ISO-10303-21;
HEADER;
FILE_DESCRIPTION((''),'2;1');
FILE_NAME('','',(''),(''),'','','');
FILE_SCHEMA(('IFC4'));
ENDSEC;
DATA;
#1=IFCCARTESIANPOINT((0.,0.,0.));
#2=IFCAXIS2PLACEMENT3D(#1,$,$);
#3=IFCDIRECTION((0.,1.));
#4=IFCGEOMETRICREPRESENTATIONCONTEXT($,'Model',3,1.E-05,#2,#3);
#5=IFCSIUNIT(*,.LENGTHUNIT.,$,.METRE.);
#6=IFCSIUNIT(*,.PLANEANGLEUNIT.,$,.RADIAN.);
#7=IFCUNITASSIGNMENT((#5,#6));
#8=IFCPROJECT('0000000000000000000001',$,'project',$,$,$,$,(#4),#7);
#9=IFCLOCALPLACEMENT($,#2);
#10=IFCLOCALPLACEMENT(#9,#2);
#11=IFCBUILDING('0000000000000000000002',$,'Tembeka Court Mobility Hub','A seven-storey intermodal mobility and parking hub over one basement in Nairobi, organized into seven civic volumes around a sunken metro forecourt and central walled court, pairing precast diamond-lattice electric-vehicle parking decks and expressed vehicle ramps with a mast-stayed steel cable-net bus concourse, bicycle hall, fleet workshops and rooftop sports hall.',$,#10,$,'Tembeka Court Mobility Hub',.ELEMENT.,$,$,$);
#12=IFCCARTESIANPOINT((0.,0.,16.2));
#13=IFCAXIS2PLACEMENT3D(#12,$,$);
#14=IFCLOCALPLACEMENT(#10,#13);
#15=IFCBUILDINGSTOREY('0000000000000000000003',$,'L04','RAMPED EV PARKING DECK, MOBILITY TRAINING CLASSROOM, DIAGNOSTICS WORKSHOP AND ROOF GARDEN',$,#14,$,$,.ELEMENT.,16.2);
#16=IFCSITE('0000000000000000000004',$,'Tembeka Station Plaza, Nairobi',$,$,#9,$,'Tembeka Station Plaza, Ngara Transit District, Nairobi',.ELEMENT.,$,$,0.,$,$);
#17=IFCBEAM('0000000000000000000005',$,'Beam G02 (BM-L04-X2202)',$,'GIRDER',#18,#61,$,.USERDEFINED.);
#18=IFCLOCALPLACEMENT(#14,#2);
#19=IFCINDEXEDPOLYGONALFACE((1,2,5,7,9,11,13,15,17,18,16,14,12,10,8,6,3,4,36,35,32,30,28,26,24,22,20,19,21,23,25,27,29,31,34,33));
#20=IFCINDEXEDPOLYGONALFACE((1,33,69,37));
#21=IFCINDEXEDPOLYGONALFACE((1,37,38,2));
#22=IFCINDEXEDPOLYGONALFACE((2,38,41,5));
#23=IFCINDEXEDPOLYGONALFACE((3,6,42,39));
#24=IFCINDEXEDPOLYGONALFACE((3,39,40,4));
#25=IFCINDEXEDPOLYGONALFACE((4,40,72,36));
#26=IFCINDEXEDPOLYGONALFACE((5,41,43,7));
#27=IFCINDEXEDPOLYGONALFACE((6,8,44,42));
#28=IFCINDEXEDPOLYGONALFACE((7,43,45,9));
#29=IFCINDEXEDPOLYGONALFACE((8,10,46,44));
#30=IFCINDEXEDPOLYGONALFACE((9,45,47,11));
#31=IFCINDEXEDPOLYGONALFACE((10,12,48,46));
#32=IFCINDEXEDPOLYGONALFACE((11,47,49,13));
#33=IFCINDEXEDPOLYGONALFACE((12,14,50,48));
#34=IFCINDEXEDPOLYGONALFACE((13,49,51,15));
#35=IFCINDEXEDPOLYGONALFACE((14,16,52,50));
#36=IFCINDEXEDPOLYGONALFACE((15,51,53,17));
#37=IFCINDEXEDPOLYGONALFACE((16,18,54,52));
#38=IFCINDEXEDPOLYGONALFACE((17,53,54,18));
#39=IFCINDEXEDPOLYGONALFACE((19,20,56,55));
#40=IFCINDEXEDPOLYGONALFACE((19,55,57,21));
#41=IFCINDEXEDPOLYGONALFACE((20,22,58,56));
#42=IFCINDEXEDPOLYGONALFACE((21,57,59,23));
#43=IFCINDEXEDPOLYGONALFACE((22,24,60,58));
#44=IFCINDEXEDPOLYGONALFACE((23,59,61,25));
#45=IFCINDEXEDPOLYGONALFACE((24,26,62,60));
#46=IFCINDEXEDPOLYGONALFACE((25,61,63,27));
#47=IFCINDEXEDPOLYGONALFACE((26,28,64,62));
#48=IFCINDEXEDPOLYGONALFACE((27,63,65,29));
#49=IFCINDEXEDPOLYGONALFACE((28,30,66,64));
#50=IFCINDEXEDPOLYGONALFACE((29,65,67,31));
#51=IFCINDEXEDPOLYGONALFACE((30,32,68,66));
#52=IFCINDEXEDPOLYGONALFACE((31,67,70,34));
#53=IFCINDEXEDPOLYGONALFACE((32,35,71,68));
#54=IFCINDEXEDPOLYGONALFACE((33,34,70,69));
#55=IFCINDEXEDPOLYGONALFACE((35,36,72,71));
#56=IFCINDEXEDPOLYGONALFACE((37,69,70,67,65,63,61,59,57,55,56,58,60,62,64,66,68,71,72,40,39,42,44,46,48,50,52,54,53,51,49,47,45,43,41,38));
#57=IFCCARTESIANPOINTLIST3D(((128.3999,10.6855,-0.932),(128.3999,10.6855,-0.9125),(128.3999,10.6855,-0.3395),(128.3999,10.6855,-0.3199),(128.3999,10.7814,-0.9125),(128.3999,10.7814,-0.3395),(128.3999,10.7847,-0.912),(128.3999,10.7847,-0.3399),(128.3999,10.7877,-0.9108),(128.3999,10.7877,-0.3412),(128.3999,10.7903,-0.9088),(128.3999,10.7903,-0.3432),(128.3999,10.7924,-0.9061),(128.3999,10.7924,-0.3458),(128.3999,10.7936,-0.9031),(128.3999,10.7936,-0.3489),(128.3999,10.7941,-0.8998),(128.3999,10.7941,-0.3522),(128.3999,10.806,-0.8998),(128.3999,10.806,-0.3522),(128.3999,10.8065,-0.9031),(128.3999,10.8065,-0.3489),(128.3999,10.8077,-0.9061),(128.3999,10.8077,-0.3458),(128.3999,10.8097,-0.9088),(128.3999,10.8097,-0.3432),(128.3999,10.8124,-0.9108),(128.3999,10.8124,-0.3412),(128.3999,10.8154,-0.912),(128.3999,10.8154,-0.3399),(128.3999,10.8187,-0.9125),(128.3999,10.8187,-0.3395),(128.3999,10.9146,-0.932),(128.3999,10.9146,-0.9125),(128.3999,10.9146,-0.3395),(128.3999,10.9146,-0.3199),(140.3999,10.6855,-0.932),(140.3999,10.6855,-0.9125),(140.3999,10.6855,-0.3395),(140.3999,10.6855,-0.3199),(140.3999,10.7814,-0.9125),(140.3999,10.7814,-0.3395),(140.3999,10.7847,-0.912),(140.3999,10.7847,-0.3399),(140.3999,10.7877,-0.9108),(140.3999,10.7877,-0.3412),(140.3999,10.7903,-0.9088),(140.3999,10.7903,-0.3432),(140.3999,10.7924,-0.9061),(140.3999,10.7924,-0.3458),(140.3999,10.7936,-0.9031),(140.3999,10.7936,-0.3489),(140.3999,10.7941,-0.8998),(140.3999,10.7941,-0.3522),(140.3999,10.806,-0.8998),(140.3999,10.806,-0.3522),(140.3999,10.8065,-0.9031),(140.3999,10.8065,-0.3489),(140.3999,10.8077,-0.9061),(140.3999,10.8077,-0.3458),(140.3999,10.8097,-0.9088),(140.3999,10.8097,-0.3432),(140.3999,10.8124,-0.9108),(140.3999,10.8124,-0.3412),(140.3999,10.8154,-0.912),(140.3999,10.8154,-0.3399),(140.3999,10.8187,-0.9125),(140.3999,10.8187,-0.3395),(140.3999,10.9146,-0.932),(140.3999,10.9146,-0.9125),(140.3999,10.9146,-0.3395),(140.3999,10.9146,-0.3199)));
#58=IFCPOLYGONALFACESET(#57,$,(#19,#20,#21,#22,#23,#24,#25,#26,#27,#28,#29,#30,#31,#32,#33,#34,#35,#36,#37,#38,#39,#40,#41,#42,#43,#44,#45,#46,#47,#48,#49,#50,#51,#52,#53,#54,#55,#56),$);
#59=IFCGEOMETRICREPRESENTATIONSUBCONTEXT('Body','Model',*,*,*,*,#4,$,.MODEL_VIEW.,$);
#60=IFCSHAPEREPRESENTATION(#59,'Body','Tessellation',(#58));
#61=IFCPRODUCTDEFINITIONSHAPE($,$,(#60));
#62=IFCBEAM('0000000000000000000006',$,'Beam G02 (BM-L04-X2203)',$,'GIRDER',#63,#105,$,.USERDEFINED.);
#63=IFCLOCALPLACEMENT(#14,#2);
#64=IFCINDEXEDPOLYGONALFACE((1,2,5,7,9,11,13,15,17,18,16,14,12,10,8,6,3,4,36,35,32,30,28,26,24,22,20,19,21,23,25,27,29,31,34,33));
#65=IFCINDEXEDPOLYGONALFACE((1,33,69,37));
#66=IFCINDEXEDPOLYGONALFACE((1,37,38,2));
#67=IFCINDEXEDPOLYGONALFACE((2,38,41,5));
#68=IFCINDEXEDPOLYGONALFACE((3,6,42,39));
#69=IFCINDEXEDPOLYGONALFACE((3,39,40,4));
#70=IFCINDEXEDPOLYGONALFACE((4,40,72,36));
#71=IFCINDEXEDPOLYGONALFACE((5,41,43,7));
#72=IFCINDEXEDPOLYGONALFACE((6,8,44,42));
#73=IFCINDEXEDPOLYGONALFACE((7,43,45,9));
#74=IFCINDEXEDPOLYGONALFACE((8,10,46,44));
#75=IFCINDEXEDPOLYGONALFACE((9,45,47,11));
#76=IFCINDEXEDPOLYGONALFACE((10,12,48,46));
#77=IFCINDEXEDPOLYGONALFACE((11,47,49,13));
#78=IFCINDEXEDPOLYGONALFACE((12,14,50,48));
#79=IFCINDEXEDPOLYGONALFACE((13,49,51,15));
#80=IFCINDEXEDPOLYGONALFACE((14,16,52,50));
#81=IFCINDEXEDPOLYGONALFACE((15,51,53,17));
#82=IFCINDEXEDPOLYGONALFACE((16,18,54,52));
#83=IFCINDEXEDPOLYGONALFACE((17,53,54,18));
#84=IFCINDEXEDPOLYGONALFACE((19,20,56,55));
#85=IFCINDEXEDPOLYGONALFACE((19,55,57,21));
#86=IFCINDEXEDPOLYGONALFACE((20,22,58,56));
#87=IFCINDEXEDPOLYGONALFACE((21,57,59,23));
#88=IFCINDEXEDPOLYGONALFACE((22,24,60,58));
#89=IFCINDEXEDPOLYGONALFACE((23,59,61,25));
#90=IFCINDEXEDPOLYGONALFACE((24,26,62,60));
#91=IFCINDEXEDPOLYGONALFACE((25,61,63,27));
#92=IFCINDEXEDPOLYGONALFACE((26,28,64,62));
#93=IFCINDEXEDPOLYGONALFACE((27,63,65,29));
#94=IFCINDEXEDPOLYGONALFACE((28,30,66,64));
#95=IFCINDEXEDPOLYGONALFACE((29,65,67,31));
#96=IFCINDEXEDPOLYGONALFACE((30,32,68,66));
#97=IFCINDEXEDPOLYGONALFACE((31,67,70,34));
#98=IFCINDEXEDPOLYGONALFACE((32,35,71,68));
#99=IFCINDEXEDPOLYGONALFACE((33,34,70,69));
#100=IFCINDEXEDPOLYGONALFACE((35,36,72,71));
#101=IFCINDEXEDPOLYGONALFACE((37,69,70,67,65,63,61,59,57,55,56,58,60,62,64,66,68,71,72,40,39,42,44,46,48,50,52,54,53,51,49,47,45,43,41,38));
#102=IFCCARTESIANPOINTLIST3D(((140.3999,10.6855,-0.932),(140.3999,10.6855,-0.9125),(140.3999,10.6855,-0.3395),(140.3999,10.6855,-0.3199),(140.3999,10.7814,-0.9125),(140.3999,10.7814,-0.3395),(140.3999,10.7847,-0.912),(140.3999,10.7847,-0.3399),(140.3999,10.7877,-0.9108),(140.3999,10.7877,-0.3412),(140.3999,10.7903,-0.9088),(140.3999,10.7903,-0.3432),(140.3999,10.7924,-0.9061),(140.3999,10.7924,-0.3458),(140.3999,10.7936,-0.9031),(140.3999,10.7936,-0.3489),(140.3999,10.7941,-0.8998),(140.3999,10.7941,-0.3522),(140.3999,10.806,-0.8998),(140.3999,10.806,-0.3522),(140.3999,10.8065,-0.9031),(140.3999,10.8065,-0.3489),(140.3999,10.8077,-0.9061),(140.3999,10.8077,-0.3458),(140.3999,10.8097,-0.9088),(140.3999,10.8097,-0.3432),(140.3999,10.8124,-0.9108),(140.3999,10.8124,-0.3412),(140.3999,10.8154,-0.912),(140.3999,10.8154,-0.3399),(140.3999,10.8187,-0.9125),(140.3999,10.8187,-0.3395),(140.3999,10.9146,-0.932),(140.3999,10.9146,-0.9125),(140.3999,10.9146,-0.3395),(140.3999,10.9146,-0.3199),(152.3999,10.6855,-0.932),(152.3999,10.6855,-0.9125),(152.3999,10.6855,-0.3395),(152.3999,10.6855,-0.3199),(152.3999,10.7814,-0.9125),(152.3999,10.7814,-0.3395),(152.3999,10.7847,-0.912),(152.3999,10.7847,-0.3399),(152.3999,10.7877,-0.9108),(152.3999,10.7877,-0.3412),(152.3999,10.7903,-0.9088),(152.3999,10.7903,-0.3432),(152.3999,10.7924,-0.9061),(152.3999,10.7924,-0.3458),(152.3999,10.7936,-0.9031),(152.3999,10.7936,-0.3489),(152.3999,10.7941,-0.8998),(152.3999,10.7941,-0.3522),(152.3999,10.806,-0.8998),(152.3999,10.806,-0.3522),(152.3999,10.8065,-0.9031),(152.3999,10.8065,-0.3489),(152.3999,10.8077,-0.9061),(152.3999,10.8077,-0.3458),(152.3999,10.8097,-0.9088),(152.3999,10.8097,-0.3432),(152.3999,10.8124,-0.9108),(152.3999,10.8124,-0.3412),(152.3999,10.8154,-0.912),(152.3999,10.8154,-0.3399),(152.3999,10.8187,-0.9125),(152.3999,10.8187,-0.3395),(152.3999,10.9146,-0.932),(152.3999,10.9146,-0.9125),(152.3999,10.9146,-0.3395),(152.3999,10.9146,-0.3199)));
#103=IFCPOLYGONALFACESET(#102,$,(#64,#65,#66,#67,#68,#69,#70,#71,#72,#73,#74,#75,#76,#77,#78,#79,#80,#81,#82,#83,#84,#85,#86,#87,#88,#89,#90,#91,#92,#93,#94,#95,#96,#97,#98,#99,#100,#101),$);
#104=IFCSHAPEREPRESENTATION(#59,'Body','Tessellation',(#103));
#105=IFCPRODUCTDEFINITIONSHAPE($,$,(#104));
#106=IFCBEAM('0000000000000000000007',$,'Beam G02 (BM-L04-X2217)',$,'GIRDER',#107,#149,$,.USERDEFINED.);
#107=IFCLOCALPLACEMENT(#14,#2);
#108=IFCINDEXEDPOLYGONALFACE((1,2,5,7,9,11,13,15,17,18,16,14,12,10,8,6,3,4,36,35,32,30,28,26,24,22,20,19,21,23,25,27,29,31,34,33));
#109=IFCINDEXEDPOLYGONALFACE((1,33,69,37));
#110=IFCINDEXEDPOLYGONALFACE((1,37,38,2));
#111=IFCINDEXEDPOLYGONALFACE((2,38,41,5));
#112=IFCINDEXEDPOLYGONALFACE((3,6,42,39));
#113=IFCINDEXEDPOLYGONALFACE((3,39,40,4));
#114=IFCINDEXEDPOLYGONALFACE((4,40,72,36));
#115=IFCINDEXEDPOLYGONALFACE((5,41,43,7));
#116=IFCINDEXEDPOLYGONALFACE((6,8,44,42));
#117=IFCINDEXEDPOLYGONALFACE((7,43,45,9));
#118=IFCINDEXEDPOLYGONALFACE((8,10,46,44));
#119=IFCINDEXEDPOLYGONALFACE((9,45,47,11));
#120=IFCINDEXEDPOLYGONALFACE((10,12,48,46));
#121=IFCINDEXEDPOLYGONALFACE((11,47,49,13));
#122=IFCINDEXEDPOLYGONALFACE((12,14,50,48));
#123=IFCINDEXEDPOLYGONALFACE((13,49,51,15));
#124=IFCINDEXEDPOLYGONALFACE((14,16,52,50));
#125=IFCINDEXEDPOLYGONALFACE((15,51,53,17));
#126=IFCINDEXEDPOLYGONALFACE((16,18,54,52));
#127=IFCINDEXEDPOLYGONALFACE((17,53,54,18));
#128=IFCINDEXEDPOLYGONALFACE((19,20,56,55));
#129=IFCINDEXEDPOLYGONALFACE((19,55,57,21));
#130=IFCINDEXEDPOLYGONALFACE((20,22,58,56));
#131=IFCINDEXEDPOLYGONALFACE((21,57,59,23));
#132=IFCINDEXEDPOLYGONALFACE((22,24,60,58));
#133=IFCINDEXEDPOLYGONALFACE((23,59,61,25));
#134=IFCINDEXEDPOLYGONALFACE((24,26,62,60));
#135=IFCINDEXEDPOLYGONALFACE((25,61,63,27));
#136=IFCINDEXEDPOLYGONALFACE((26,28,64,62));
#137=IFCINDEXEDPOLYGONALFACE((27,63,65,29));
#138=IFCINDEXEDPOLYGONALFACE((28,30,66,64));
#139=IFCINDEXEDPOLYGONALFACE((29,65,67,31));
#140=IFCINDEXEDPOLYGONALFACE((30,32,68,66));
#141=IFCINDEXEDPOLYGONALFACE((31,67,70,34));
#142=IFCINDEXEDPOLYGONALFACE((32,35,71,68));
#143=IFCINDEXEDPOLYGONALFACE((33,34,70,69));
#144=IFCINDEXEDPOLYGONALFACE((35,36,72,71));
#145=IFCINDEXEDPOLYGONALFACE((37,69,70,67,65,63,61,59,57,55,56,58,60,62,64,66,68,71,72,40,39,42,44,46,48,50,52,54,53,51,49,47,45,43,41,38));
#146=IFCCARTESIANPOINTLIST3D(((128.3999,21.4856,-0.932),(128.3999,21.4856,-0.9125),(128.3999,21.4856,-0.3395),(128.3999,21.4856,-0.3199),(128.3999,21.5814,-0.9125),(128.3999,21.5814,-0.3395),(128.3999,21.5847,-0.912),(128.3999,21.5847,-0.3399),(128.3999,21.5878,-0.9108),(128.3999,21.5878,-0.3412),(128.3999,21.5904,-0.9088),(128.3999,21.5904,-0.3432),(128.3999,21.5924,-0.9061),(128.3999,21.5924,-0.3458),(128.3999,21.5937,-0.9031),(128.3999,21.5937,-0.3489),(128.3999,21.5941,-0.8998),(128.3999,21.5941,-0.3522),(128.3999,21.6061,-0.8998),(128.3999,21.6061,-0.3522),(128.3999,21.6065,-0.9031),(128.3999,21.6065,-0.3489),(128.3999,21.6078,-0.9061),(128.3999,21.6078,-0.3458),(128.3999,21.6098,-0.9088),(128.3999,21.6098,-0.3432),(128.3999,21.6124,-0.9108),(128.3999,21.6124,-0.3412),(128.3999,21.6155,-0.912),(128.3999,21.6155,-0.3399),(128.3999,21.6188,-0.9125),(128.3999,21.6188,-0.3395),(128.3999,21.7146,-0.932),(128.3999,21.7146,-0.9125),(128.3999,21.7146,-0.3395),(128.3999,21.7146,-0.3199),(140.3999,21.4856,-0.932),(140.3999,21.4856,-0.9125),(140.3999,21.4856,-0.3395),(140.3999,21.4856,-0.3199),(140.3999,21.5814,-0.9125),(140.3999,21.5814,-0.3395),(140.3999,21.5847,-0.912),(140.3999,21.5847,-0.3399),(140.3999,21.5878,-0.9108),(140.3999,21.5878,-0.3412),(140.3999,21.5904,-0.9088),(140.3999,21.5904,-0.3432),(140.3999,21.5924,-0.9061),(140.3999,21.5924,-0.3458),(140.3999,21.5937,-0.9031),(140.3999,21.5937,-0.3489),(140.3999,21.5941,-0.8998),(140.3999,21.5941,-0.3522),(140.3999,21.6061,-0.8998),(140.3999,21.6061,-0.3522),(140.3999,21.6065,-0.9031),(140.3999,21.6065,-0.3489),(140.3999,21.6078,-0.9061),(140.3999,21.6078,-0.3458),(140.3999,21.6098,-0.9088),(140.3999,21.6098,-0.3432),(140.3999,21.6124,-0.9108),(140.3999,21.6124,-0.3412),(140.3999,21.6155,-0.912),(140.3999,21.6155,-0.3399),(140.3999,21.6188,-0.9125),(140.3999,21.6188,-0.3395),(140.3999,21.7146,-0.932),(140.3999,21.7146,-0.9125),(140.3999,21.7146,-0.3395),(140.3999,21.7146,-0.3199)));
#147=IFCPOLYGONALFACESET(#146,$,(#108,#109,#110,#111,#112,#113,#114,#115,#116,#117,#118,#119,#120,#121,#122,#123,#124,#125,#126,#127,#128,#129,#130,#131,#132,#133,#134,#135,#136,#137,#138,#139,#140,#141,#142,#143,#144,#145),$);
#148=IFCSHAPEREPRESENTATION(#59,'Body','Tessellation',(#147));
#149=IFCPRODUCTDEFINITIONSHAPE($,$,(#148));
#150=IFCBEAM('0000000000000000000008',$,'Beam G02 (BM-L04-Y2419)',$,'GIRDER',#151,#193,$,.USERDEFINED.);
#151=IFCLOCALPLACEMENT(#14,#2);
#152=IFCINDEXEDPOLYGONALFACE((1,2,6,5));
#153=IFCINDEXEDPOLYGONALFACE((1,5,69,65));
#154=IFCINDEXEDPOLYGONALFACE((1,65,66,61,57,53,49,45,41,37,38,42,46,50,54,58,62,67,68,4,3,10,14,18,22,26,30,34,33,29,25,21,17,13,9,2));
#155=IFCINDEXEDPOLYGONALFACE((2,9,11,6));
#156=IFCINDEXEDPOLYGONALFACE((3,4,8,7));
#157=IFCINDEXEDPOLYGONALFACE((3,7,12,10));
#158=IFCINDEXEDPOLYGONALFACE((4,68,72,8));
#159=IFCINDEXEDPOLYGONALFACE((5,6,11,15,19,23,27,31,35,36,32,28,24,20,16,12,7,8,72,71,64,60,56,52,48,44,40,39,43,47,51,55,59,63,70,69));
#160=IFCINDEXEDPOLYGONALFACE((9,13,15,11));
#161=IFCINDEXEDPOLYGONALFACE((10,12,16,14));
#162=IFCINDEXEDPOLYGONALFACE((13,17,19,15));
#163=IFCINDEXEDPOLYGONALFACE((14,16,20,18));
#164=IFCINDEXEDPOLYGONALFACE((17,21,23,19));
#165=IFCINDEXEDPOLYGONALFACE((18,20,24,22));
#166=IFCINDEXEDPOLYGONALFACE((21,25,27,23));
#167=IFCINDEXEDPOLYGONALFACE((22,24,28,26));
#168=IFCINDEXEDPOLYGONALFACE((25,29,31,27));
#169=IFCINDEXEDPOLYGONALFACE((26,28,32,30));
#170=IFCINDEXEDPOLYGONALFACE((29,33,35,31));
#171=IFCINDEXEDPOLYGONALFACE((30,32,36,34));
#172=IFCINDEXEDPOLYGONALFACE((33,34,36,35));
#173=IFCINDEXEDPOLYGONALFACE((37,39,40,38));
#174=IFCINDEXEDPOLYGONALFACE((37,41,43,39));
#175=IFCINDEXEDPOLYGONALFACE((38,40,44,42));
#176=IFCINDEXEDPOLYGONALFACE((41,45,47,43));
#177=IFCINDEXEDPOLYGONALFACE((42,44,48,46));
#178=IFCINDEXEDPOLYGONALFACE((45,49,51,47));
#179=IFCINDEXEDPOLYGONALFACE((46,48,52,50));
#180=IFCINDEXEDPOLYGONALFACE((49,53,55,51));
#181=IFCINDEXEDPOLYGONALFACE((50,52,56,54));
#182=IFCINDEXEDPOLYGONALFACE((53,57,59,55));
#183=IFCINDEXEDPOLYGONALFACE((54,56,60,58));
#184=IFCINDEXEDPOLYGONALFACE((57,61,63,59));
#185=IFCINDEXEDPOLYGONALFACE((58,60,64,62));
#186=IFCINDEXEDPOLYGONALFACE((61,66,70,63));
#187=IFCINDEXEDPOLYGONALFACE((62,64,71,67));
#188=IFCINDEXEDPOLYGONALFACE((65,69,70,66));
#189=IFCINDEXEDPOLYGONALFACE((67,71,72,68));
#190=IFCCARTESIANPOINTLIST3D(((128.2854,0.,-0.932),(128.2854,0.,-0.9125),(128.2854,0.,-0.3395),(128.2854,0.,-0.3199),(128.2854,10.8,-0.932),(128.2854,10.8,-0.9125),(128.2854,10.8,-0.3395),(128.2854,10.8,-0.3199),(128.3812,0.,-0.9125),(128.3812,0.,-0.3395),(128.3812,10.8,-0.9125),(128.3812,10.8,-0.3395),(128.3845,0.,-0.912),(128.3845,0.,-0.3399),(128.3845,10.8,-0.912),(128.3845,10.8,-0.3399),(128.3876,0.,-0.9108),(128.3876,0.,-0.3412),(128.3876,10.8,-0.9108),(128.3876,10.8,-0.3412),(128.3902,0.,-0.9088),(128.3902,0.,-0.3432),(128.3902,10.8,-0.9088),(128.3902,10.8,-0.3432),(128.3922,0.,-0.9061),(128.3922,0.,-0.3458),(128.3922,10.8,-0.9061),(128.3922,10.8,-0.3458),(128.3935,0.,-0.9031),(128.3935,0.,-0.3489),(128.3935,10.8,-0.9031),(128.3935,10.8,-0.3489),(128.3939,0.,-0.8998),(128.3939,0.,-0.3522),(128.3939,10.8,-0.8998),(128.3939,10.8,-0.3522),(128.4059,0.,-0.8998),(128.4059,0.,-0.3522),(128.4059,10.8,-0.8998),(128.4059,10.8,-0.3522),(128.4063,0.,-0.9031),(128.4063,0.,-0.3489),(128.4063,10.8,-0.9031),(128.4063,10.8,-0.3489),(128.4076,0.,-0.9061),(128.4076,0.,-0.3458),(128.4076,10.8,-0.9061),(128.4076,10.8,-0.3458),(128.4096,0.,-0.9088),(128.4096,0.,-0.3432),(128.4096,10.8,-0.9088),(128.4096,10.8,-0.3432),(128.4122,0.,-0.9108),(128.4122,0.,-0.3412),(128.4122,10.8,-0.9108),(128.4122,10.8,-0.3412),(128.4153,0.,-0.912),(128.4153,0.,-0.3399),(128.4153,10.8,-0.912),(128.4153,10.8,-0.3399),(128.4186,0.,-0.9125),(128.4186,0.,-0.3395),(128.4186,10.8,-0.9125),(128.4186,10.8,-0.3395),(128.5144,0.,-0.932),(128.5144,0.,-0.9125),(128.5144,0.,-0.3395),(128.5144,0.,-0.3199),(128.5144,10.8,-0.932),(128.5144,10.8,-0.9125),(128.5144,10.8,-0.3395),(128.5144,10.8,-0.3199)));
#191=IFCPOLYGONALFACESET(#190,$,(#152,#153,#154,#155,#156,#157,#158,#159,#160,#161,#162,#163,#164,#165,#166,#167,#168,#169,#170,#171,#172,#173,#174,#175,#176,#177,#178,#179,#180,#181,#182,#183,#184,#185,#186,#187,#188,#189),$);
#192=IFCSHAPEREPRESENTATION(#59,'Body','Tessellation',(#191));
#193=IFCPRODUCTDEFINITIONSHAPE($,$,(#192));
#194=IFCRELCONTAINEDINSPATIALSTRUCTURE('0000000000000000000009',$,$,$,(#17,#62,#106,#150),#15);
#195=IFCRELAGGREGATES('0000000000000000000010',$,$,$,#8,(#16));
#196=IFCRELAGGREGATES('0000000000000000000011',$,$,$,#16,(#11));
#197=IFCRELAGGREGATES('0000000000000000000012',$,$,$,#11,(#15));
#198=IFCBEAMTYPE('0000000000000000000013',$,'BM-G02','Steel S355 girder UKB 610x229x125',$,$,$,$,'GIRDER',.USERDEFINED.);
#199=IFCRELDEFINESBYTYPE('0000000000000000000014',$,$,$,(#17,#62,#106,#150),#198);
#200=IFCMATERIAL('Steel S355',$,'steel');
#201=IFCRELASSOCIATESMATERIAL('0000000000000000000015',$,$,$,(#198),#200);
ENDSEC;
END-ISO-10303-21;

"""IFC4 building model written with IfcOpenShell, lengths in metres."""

from ifc_helpers import new_model, si_unit, direction, frame, origin, origin_2d, place, context, subcontext, project, spatial, i_section, extrude, material, material_profile, profile_set, type_object, element, save


model = new_model("IFC4")

# Units and contexts
model_context = context("Model", 3, precision=1e-05, world=origin(), true_north=direction((0.0, 1.0)))
body_context = subcontext(model_context, "Body", "Model", "MODEL_VIEW")
ifc_project = project(units=[si_unit("LENGTHUNIT", "METRE"), si_unit("PLANEANGLEUNIT", "RADIAN")], contexts=[model_context])

# Site, building, storey
site_placement = place(None, origin())
site = spatial("IfcSite", under=ifc_project, at=site_placement, Name="Tembeka Station Plaza, Nairobi", LongName="Tembeka Station Plaza, Ngara Transit District, Nairobi", CompositionType="ELEMENT", RefElevation=0.0)
building_placement = place(site_placement, origin())
building = spatial("IfcBuilding", under=site, at=building_placement, Name="Tembeka Court Mobility Hub", Description="A seven-storey intermodal mobility and parking hub over one basement in Nairobi, organized into seven civic volumes around a sunken metro forecourt and central walled court, pairing precast diamond-lattice electric-vehicle parking decks and expressed vehicle ramps with a mast-stayed steel cable-net bus concourse, bicycle hall, fleet workshops and rooftop sports hall.", LongName="Tembeka Court Mobility Hub", CompositionType="ELEMENT")
storey_placement = place(building_placement, frame((0.0, 0.0, 16.2)))
storey = spatial("IfcBuildingStorey", under=building, at=storey_placement, Name="L04", Description="RAMPED EV PARKING DECK, MOBILITY TRAINING CLASSROOM, DIAGNOSTICS WORKSHOP AND ROOF GARDEN", CompositionType="ELEMENT", Elevation=16.2)

# Shared definitions
ifc_material_1 = material(Name="Steel S355", Category="steel")

# Beams
ifc_material_profile_1 = material_profile(ifc_material_1, i_section(OverallWidth=0.229, OverallDepth=0.6121, WebThickness=0.012, FlangeThickness=0.0195, FilletRadius=0.0127, at=origin_2d()), Name="UKB 610x229x125")
ifc_profile_set_1 = profile_set([ifc_material_profile_1], Name="Steel S355")
beam_type_1 = type_object("IfcBeamType", Name="BM-G02", Description="Steel S355 girder UKB 610x229x125", ElementType="GIRDER", PredefinedType="USERDEFINED", material=ifc_profile_set_1)
for number, where, z_axis, x_axis, name in (
    (1, (128.3999, 10.8, -0.626), (1.0, 0.0, 0.0), (0.0, 1.0, 0.0), "Beam G02 (BM-L04-X2202)"),
    (2, (140.3999, 10.8, -0.626), (1.0, 0.0, 0.0), (0.0, 1.0, 0.0), "Beam G02 (BM-L04-X2203)"),
    (3, (128.3999, 21.6001, -0.626), (1.0, 0.0, 0.0), (0.0, 1.0, 0.0), "Beam G02 (BM-L04-X2217)"),
):
    element("IfcBeam", number, at=place(storey_placement, frame(where, z_axis=z_axis, x_axis=x_axis)), inside=storey, type_object=beam_type_1, Name=name, ObjectType="GIRDER", PredefinedType="USERDEFINED", context=body_context, shape_type="SweptSolid", body=[
        extrude(i_section(OverallWidth=0.229, OverallDepth=0.6121, WebThickness=0.012, FlangeThickness=0.0195, FilletRadius=0.0127, at=origin_2d()), origin(), (0.0, 0.0, 1.0), 12.0),
    ])
for number, where, z_axis, x_axis, name in (
    (4, (128.3999, 0.0, -0.626), (0.0, 1.0, 0.0), (-1.0, 0.0, 0.0), "Beam G02 (BM-L04-Y2419)"),
):
    element("IfcBeam", number, at=place(storey_placement, frame(where, z_axis=z_axis, x_axis=x_axis)), inside=storey, type_object=beam_type_1, Name=name, ObjectType="GIRDER", PredefinedType="USERDEFINED", context=body_context, shape_type="SweptSolid", body=[
        extrude(i_section(OverallWidth=0.229, OverallDepth=0.6121, WebThickness=0.012, FlangeThickness=0.0195, FilletRadius=0.0127, at=origin_2d()), origin(), (0.0, 0.0, 1.0), 10.8),
    ])

save(model, "model.ifc")
